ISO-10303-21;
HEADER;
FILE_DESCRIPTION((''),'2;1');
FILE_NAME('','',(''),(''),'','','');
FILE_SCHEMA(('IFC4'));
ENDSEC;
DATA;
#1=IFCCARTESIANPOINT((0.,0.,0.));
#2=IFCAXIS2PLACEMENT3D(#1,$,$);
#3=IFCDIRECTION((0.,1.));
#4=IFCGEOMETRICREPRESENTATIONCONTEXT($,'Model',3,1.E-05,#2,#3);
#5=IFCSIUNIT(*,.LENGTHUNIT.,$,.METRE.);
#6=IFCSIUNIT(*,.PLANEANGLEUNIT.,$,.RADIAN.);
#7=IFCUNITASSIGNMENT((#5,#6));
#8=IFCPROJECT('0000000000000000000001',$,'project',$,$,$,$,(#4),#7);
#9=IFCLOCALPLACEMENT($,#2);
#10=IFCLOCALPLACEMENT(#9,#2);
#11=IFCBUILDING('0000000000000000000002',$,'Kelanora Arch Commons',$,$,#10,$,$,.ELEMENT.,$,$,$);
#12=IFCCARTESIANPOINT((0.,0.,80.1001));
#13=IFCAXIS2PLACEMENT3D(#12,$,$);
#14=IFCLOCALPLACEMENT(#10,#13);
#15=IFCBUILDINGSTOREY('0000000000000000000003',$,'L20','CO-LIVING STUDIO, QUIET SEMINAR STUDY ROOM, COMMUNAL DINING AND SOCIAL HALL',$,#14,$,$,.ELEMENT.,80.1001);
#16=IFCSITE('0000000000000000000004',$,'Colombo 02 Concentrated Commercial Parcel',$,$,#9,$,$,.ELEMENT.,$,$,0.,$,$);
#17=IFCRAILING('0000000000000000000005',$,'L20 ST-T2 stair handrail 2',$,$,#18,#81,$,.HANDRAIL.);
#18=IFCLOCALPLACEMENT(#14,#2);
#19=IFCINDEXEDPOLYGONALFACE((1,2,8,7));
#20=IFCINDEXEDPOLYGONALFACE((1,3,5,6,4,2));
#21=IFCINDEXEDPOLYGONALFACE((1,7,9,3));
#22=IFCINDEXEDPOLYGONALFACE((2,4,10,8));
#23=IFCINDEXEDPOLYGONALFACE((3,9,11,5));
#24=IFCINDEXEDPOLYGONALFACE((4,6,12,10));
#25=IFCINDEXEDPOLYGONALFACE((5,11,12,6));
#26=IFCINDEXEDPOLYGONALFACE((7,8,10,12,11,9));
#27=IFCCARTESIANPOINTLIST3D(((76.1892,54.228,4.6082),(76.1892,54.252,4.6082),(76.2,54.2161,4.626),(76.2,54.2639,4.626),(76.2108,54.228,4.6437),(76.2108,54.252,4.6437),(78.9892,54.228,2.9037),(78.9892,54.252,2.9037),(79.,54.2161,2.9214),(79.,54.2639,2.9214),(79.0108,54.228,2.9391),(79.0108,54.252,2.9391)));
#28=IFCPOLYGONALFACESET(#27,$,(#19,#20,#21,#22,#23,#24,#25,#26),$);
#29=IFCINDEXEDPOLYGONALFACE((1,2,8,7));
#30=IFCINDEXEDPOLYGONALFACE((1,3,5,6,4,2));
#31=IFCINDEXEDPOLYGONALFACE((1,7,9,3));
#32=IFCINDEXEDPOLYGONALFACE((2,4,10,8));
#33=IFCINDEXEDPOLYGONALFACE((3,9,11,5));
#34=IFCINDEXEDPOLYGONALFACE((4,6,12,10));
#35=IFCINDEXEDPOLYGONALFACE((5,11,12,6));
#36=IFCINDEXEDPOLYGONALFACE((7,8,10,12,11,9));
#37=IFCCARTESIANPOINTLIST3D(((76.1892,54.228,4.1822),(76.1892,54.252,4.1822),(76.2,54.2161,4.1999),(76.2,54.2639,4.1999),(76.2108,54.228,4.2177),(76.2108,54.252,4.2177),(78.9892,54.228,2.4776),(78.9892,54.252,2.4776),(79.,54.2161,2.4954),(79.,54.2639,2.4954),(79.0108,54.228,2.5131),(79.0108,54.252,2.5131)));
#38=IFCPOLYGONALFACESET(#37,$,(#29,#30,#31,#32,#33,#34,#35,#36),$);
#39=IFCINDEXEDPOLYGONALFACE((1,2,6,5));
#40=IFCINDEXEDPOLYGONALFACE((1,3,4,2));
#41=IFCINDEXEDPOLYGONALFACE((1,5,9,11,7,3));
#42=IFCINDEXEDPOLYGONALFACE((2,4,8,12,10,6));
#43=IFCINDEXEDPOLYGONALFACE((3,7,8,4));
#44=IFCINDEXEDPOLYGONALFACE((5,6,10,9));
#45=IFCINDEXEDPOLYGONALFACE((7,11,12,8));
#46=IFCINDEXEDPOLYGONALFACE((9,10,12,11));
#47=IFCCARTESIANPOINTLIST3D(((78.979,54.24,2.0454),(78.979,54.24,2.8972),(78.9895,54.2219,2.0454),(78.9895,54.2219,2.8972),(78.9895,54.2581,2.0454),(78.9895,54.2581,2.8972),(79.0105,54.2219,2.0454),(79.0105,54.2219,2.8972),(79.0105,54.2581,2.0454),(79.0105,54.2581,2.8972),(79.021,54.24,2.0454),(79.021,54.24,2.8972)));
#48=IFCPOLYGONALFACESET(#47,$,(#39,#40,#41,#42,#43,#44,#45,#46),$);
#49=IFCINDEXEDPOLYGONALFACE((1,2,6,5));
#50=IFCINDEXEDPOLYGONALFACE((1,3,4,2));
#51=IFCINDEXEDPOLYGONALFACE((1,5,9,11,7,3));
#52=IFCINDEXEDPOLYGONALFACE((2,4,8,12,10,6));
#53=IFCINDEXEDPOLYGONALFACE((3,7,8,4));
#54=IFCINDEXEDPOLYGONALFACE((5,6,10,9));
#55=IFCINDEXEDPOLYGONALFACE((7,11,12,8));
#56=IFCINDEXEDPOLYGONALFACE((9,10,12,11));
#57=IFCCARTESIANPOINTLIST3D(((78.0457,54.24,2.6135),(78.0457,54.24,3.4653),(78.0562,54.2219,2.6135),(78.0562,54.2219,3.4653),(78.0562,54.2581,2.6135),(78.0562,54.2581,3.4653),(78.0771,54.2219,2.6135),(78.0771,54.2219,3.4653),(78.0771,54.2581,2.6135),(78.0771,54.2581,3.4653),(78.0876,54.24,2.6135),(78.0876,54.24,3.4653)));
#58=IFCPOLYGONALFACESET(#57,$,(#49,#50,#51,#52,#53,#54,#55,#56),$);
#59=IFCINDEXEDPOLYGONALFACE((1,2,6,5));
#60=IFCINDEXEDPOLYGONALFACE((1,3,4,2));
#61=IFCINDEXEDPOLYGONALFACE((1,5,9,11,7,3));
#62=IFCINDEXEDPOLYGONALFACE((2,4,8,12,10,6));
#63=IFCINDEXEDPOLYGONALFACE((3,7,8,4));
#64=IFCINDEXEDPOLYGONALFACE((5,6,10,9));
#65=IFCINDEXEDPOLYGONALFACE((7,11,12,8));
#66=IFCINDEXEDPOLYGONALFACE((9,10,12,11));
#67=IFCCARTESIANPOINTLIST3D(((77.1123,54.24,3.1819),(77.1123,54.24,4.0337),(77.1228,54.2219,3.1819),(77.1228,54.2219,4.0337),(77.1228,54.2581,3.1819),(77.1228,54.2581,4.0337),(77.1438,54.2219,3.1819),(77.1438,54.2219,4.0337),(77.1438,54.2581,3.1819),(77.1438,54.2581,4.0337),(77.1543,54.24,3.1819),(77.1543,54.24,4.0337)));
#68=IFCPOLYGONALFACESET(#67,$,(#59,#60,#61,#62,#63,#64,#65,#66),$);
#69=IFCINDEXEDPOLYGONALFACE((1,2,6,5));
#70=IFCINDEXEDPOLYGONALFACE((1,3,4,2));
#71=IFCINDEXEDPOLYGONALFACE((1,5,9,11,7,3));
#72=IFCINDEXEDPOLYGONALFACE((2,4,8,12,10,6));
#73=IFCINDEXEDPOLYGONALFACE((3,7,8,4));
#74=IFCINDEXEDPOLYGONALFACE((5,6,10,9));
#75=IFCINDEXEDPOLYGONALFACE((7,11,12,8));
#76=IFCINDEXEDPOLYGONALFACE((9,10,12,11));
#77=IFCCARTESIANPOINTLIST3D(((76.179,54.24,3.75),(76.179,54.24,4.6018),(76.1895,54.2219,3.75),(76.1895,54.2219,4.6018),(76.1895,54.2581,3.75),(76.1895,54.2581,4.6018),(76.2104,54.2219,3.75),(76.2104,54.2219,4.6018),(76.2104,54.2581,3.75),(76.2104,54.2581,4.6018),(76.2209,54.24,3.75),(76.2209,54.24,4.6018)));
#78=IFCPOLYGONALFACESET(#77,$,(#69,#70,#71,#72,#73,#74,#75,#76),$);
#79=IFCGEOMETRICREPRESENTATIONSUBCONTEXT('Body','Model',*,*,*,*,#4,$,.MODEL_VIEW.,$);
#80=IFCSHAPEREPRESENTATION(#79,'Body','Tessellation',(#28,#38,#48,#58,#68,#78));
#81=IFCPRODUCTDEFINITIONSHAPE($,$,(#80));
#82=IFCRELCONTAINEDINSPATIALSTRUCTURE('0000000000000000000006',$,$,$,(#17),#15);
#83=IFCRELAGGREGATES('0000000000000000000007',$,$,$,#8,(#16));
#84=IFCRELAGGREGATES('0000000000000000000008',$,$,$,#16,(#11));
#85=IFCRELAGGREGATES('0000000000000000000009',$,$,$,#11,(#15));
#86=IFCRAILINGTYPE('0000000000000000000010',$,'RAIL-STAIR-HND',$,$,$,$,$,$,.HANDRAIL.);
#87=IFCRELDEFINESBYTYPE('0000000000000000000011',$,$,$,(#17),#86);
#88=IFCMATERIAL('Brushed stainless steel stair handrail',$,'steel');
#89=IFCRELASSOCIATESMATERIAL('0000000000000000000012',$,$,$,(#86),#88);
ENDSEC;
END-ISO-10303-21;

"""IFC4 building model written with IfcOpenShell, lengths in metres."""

from ifc_helpers import new_model, si_unit, direction, frame, origin, place, context, subcontext, project, spatial, polyline, outline, extrude, material, type_object, element, save


model = new_model("IFC4")

# Units and contexts
model_context = context("Model", 3, precision=1e-05, world=origin(), true_north=direction((0.0, 1.0)))
body_context = subcontext(model_context, "Body", "Model", "MODEL_VIEW")
ifc_project = project(units=[si_unit("LENGTHUNIT", "METRE"), si_unit("PLANEANGLEUNIT", "RADIAN")], contexts=[model_context])

# Site, building, storey
site_placement = place(None, origin())
site = spatial("IfcSite", under=ifc_project, at=site_placement, Name="Colombo 02 Concentrated Commercial Parcel", CompositionType="ELEMENT", RefElevation=0.0)
building_placement = place(site_placement, origin())
building = spatial("IfcBuilding", under=site, at=building_placement, Name="Kelanora Arch Commons", CompositionType="ELEMENT")
storey_placement = place(building_placement, frame((0.0, 0.0, 80.1001)))
storey = spatial("IfcBuildingStorey", under=building, at=storey_placement, Name="L20", Description="CO-LIVING STUDIO, QUIET SEMINAR STUDY ROOM, COMMUNAL DINING AND SOCIAL HALL", CompositionType="ELEMENT", Elevation=80.1001)

# Railing
ifc_material_1 = material(Name="Brushed stainless steel stair handrail", Category="steel")
railing_type_1 = type_object("IfcRailingType", Name="RAIL-STAIR-HND", PredefinedType="HANDRAIL", material=ifc_material_1)
railing_1_placement = place(storey_placement, frame((79.0, 54.24, 2.0454)))
element("IfcRailing", 1, at=railing_1_placement, inside=storey, type_object=railing_type_1, Name="L20 ST-T2 stair handrail 2", PredefinedType="HANDRAIL", context=body_context, shape_type="SweptSolid", body=[
    extrude(outline(polyline([(0.0239, 0.0), (0.012, 0.0208), (-0.012, 0.0208), (-0.0239, 0.0), (-0.012, -0.0208), (0.012, -0.0208), (0.0239, 0.0)])), frame((0.0, 0.0, 0.876), z_axis=(-0.85417, 0.0, 0.519994), x_axis=(0.0, -1.0, 0.0)), (0.0, 0.0, 1.0), 3.2781),
    extrude(outline(polyline([(0.0239, 0.0), (0.012, 0.0208), (-0.012, 0.0208), (-0.0239, 0.0), (-0.012, -0.0208), (0.012, -0.0208), (0.0239, 0.0)])), frame((0.0, 0.0, 0.45), z_axis=(-0.85417, 0.0, 0.519994), x_axis=(0.0, -1.0, 0.0)), (0.0, 0.0, 1.0), 3.2781),
    extrude(outline(polyline([(0.021, 0.0), (0.0105, 0.0181), (-0.0105, 0.0181), (-0.021, 0.0), (-0.0105, -0.0181), (0.0105, -0.0181), (0.021, 0.0)])), origin(), (0.0, 0.0, 1.0), 0.8518),
    extrude(outline(polyline([(0.021, 0.0), (0.0105, 0.0181), (-0.0105, 0.0181), (-0.021, 0.0), (-0.0105, -0.0181), (0.0105, -0.0181), (0.021, 0.0)])), frame((-0.9333, 0.0, 0.5681)), (0.0, 0.0, 1.0), 0.8518),
    extrude(outline(polyline([(0.021, 0.0), (0.0105, 0.0181), (-0.0105, 0.0181), (-0.021, 0.0), (-0.0105, -0.0181), (0.0105, -0.0181), (0.021, 0.0)])), frame((-1.8667, 0.0, 1.1365)), (0.0, 0.0, 1.0), 0.8518),
    extrude(outline(polyline([(0.021, 0.0), (0.0105, 0.0181), (-0.0105, 0.0181), (-0.021, 0.0), (-0.0105, -0.0181), (0.0105, -0.0181), (0.021, 0.0)])), frame((-2.8, 0.0, 1.7046)), (0.0, 0.0, 1.0), 0.8518),
])

save(model, "model.ifc")
